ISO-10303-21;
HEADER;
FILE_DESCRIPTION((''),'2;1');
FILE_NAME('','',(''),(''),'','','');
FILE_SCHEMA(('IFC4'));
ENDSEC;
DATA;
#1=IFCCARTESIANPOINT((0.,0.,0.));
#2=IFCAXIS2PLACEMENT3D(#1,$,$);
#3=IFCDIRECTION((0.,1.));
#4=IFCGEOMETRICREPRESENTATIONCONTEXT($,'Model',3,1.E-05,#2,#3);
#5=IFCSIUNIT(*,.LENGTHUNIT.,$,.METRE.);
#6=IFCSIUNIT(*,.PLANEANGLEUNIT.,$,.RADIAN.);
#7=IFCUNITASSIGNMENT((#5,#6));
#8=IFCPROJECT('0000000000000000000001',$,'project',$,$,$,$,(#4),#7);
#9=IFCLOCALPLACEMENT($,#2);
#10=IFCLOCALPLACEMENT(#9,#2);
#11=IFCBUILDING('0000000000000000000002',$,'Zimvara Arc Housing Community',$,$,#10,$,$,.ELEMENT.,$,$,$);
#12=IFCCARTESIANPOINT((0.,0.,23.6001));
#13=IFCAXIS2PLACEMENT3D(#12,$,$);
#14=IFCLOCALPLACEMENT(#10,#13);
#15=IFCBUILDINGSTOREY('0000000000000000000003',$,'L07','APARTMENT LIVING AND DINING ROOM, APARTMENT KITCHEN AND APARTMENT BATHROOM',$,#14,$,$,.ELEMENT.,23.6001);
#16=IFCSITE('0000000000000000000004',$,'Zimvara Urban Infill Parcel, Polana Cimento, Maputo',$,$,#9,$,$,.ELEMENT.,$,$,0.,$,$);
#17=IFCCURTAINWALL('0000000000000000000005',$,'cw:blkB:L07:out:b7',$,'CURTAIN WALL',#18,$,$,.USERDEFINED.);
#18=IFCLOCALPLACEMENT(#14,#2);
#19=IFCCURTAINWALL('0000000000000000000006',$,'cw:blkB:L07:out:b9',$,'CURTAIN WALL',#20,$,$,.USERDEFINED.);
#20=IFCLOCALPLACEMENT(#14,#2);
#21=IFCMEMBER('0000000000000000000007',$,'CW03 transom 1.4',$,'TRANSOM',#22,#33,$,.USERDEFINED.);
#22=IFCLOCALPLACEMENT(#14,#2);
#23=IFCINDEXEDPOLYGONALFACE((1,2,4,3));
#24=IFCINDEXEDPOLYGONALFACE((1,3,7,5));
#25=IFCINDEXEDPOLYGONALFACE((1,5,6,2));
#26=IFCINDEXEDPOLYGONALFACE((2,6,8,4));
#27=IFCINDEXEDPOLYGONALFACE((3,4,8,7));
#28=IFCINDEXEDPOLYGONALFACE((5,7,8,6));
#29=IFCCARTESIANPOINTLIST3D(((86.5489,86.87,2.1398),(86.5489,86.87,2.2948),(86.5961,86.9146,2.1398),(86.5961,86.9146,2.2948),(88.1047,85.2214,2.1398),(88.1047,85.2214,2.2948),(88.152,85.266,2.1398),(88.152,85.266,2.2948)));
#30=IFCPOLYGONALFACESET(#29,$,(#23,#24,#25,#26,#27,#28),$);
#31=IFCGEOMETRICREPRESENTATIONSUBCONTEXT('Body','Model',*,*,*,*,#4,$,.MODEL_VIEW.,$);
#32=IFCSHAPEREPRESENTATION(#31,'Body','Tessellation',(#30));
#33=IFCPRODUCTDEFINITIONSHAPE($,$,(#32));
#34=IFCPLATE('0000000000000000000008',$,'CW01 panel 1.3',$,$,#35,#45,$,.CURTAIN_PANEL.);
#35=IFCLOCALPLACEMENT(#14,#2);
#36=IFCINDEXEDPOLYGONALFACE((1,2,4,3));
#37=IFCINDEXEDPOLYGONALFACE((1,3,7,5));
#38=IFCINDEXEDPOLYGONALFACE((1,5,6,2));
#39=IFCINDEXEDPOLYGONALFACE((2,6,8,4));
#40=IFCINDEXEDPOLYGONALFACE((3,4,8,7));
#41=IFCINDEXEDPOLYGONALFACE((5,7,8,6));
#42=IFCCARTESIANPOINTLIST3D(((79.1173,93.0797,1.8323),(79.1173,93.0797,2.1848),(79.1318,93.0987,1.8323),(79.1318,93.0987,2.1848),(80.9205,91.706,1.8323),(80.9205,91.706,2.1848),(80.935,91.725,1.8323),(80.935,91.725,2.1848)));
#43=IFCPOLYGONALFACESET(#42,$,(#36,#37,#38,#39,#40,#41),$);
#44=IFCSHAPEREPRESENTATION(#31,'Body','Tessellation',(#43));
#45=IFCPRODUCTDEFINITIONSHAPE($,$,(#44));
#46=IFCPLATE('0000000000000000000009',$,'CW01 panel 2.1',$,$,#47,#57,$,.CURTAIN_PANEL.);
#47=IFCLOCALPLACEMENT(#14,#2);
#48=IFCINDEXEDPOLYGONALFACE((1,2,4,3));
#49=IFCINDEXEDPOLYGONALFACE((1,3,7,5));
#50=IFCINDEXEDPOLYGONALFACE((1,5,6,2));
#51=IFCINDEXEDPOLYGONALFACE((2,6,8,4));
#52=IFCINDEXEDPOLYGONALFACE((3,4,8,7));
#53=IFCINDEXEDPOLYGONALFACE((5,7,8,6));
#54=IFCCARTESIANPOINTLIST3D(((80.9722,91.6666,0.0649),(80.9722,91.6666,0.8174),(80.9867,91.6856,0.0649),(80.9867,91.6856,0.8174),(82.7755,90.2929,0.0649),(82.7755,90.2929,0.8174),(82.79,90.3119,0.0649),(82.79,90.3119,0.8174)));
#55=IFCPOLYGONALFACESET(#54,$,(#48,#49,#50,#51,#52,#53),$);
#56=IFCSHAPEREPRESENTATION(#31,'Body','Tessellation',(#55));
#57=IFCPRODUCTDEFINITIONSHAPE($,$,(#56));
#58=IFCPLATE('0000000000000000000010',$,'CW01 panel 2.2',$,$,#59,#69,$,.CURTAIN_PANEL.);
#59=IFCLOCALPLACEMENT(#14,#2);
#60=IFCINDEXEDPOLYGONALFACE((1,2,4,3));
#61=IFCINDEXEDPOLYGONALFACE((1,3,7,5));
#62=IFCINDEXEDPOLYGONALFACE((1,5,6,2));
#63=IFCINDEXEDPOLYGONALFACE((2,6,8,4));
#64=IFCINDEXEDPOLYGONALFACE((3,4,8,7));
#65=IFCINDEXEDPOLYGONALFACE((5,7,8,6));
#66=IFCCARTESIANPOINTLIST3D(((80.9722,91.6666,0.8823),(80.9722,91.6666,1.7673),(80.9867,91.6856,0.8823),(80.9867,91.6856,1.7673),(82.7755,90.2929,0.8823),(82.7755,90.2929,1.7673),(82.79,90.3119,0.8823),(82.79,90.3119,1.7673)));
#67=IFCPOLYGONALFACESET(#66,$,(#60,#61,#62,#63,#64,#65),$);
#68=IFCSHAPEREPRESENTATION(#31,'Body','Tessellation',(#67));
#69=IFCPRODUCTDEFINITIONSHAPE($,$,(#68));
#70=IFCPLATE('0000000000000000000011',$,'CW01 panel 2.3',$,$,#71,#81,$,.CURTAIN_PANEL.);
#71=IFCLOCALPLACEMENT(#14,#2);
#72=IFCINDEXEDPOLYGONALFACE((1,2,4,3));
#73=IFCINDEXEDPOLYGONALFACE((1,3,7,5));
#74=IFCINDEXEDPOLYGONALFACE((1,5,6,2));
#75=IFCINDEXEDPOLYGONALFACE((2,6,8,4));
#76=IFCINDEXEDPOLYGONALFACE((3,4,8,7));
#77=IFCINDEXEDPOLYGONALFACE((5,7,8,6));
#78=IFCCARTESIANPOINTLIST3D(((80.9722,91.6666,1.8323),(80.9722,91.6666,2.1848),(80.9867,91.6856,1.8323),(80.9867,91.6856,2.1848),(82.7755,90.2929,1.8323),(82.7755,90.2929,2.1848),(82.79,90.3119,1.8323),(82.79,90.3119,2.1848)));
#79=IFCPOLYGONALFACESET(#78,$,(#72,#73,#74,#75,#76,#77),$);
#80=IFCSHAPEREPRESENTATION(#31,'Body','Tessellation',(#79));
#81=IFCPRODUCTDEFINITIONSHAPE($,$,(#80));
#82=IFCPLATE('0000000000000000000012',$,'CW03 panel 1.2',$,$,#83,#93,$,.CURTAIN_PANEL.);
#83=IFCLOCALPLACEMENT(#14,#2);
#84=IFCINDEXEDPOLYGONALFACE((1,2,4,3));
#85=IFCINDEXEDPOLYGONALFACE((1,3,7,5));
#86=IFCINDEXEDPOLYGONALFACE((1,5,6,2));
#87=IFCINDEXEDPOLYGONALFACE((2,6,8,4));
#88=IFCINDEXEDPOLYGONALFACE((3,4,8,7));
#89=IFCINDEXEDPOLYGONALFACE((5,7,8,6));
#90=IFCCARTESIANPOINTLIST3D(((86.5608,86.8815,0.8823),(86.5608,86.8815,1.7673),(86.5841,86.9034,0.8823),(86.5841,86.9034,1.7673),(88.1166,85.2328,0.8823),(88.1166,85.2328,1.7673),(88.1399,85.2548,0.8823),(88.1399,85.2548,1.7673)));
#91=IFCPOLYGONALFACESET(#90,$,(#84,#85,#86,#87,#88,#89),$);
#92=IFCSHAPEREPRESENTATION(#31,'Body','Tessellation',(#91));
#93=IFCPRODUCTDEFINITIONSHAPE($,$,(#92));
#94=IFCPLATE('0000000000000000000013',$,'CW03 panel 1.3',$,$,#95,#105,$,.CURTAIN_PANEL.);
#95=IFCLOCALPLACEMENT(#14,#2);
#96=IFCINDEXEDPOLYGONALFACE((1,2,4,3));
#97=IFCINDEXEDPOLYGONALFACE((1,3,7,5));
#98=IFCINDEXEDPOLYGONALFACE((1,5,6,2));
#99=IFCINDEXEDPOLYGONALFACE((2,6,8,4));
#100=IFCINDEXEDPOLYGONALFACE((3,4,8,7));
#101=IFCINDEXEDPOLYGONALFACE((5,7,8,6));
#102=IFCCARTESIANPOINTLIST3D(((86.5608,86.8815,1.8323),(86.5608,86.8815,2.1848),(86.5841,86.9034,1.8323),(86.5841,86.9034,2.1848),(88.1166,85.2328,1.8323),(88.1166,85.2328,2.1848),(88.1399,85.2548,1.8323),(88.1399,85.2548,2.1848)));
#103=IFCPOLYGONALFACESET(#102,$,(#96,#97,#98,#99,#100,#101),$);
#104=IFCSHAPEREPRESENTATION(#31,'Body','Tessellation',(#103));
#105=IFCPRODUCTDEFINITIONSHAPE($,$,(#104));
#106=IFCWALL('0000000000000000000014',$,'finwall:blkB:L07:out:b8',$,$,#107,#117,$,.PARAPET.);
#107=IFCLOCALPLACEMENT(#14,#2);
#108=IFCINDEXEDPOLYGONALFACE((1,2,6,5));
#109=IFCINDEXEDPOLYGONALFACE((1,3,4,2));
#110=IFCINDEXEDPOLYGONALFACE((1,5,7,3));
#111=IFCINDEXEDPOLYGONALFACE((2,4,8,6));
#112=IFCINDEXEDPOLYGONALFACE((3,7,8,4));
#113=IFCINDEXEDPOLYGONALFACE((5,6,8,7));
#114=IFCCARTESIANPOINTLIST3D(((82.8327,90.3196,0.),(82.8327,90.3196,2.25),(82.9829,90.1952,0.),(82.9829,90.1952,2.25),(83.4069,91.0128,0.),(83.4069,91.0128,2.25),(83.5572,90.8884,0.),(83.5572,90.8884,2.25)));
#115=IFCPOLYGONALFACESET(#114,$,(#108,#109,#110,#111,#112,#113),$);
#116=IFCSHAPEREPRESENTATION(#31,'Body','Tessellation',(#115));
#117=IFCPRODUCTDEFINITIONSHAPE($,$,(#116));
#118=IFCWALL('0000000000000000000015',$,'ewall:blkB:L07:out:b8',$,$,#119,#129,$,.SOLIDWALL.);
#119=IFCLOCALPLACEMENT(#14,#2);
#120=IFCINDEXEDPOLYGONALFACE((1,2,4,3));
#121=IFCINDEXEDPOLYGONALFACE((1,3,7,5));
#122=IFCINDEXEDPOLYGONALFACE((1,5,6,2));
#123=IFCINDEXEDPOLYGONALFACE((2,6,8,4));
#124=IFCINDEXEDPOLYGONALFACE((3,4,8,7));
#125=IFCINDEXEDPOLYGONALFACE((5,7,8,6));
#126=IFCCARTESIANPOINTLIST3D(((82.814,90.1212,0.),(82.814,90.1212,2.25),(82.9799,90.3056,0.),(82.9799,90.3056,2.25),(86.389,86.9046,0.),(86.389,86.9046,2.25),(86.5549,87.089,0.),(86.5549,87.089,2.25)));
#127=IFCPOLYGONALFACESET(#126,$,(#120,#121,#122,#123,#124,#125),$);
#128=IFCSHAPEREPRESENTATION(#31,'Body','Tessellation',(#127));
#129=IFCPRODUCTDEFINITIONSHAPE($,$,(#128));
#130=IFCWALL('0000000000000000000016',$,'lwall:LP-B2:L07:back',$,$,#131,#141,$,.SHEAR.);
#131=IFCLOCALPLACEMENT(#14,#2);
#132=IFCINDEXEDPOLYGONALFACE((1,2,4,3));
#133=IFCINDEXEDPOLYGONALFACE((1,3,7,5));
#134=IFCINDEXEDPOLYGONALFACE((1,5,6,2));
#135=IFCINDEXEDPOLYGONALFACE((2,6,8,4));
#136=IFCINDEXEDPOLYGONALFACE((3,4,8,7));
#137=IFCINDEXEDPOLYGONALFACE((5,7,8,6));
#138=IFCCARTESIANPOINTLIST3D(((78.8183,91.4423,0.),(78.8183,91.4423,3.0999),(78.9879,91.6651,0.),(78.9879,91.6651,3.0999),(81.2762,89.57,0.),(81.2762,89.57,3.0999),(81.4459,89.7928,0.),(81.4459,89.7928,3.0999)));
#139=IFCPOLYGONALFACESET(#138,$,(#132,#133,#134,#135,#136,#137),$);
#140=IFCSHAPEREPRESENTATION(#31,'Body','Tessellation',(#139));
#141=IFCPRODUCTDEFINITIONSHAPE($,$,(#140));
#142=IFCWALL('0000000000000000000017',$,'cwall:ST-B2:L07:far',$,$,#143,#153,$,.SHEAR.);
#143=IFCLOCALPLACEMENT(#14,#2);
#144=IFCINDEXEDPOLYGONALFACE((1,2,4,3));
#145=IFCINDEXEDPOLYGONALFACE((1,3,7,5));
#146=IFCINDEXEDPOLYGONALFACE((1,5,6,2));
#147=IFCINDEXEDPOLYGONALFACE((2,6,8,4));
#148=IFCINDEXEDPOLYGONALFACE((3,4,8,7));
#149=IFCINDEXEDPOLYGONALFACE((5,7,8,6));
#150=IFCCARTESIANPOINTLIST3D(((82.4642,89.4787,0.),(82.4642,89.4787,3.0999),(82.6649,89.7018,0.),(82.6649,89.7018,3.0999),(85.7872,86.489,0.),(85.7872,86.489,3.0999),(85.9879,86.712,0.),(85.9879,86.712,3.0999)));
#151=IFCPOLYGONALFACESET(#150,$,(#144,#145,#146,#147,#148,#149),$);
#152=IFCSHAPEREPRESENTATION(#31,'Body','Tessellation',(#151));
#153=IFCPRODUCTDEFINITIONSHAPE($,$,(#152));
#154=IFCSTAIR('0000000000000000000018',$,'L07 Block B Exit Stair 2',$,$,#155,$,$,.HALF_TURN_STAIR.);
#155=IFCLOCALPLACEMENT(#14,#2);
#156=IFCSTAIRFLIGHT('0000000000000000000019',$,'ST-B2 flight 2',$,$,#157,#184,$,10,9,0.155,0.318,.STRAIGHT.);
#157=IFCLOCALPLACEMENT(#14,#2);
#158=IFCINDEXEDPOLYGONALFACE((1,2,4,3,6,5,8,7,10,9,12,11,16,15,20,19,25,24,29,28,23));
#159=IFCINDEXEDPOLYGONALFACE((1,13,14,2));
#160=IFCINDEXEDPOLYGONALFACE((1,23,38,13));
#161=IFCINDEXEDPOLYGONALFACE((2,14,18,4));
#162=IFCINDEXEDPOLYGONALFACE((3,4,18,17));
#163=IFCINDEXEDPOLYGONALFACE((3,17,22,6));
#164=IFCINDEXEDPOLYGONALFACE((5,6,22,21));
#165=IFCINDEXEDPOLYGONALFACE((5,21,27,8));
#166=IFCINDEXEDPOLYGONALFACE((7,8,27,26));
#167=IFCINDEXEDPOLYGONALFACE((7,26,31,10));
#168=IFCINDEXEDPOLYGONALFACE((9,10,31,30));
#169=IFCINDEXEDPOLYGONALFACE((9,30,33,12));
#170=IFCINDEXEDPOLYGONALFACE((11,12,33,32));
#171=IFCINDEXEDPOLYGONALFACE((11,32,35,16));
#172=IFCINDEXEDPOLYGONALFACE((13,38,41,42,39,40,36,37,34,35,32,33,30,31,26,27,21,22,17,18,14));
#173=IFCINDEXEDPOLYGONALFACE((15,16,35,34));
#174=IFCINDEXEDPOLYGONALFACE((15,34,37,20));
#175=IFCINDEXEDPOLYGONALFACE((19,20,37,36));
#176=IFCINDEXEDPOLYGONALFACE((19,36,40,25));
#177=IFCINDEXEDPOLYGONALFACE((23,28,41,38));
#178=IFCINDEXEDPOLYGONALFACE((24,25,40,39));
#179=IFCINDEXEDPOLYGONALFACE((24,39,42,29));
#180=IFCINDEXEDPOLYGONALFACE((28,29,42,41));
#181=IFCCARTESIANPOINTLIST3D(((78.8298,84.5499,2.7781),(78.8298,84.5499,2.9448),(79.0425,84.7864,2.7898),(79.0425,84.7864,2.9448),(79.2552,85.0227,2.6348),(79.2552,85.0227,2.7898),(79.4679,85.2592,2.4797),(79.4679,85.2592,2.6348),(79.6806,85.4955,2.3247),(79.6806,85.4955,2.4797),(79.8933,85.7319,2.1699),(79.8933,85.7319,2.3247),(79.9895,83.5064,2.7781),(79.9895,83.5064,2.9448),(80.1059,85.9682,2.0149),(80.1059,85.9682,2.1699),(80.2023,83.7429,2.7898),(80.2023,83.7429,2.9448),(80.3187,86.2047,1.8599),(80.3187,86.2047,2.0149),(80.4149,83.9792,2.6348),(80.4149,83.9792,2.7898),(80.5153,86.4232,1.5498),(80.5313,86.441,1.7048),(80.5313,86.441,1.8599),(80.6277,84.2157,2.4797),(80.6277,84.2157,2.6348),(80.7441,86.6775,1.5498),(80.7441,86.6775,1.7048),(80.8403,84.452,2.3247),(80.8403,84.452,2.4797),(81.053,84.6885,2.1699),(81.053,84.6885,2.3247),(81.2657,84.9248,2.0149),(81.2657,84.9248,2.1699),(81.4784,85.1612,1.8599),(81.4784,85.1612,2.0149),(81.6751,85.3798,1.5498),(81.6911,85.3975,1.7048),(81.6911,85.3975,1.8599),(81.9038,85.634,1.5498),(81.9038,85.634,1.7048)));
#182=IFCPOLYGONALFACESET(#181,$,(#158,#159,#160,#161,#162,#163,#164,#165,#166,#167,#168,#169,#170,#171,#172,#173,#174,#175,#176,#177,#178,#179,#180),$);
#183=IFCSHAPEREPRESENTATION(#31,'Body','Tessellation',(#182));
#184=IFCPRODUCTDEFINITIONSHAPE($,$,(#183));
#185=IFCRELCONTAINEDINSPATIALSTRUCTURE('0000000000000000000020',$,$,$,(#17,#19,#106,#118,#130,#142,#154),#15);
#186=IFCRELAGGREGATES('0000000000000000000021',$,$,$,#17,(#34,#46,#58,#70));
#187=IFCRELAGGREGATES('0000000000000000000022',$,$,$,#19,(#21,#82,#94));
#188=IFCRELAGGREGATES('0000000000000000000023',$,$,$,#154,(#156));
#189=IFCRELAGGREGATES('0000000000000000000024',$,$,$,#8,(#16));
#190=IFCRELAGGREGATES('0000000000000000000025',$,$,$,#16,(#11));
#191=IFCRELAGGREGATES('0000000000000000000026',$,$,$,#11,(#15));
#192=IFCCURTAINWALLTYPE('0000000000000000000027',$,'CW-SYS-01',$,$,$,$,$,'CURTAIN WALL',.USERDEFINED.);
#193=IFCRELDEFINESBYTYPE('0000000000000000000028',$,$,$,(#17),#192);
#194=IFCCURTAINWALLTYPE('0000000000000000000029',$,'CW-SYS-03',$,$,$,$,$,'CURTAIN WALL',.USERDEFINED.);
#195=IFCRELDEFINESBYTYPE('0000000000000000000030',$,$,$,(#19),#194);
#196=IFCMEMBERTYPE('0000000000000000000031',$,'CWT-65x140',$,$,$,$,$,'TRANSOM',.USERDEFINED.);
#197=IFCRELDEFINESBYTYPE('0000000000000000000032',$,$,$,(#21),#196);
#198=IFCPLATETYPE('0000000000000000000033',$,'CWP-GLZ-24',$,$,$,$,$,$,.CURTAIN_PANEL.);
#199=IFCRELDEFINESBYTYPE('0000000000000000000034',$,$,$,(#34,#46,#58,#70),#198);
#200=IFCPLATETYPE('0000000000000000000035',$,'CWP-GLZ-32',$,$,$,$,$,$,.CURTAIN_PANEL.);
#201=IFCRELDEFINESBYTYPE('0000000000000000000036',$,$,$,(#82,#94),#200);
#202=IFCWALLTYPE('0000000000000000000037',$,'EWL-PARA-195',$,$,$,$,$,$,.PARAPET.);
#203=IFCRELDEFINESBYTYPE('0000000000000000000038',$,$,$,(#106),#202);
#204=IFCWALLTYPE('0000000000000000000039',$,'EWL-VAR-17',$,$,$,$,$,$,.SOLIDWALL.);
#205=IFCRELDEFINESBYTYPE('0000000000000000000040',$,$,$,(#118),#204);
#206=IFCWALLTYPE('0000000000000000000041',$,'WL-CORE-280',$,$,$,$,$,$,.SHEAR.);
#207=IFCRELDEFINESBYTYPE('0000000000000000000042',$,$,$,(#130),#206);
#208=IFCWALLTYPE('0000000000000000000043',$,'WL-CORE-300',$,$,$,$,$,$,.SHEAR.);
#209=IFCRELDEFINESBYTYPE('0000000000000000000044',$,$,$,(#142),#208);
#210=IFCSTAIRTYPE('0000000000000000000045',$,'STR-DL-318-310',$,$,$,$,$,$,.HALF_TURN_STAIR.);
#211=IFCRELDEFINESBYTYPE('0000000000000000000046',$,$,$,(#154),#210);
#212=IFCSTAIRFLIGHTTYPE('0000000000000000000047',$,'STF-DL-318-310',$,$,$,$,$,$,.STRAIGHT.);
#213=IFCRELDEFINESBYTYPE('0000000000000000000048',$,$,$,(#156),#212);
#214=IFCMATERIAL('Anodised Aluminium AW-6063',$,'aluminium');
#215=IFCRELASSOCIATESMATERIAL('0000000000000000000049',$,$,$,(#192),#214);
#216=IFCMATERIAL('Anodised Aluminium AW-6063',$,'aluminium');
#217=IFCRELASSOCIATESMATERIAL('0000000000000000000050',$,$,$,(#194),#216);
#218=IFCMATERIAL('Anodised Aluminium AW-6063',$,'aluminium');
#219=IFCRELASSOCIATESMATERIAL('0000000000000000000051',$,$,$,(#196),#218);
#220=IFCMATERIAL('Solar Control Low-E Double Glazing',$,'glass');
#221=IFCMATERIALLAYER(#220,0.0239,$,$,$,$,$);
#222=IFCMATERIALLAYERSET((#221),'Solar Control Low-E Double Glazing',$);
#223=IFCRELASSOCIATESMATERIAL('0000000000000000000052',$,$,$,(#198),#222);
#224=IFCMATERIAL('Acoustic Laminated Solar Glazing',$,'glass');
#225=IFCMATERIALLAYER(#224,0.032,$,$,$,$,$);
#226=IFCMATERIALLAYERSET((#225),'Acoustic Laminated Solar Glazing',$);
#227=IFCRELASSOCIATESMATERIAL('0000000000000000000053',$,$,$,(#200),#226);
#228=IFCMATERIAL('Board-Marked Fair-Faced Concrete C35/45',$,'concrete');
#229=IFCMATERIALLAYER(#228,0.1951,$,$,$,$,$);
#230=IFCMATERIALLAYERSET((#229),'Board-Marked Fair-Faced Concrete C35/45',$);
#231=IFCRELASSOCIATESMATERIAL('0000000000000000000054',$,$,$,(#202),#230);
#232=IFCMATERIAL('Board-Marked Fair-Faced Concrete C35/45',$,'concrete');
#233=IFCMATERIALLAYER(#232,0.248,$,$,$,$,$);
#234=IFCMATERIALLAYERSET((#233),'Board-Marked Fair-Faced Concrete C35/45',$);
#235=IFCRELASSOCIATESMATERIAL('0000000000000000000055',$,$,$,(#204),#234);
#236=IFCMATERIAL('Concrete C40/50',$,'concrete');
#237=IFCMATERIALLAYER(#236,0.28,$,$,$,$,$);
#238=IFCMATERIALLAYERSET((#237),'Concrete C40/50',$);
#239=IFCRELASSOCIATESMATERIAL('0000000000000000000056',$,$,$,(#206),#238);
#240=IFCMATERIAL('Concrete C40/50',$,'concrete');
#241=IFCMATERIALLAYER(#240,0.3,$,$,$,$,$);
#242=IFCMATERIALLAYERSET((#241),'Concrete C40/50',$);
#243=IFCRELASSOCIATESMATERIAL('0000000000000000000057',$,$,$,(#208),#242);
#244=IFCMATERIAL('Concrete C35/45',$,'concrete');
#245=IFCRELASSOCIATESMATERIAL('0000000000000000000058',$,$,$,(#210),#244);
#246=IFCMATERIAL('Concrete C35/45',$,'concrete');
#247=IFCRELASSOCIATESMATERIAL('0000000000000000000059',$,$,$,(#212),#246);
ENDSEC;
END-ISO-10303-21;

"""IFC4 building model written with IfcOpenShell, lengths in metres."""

from ifc_helpers import new_model, si_unit, direction, frame, frame_2d, origin, origin_2d, place, context, subcontext, project, spatial, polyline, rectangle, outline, extrude, material, layer, layer_set, material_profile, profile_set, type_object, element, aggregate, save


model = new_model("IFC4")

# Units and contexts
model_context = context("Model", 3, precision=1e-05, world=origin(), true_north=direction((0.0, 1.0)))
body_context = subcontext(model_context, "Body", "Model", "MODEL_VIEW")
ifc_project = project(units=[si_unit("LENGTHUNIT", "METRE"), si_unit("PLANEANGLEUNIT", "RADIAN")], contexts=[model_context])

# Site, building, storey
site_placement = place(None, origin())
site = spatial("IfcSite", under=ifc_project, at=site_placement, Name="Zimvara Urban Infill Parcel, Polana Cimento, Maputo", CompositionType="ELEMENT", RefElevation=0.0)
building_placement = place(site_placement, origin())
building = spatial("IfcBuilding", under=site, at=building_placement, Name="Zimvara Arc Housing Community", CompositionType="ELEMENT")
storey_placement = place(building_placement, frame((0.0, 0.0, 23.6001)))
storey = spatial("IfcBuildingStorey", under=building, at=storey_placement, Name="L07", Description="APARTMENT LIVING AND DINING ROOM, APARTMENT KITCHEN AND APARTMENT BATHROOM", CompositionType="ELEMENT", Elevation=23.6001)

# Curtain wall
ifc_material_1 = material(Name="Anodised Aluminium AW-6063", Category="aluminium")
curtain_wall_type_1 = type_object("IfcCurtainWallType", Name="CW-SYS-01", ElementType="CURTAIN WALL", PredefinedType="USERDEFINED", material=ifc_material_1)
curtain_wall_1_placement = place(storey_placement, origin())
curtain_wall_1 = element("IfcCurtainWall", 1, at=curtain_wall_1_placement, inside=storey, type_object=curtain_wall_type_1, Name="cw:blkB:L07:out:b7", ObjectType="CURTAIN WALL", PredefinedType="USERDEFINED")

# Curtain wall
ifc_material_2 = material(Name="Anodised Aluminium AW-6063", Category="aluminium")
curtain_wall_type_2 = type_object("IfcCurtainWallType", Name="CW-SYS-03", ElementType="CURTAIN WALL", PredefinedType="USERDEFINED", material=ifc_material_2)
curtain_wall_2_placement = place(storey_placement, origin())
curtain_wall_2 = element("IfcCurtainWall", 2, at=curtain_wall_2_placement, inside=storey, type_object=curtain_wall_type_2, Name="cw:blkB:L07:out:b9", ObjectType="CURTAIN WALL", PredefinedType="USERDEFINED")

# Member
ifc_material_3 = material(Name="Anodised Aluminium AW-6063", Category="aluminium")
ifc_material_profile_1 = material_profile(ifc_material_3, rectangle(XDim=0.0649, YDim=0.155, at=origin_2d()), Name="ALU 65x155")
ifc_profile_set_1 = profile_set([ifc_material_profile_1], Name="Anodised Aluminium AW-6063")
member_type_1 = type_object("IfcMemberType", Name="CWT-65x140", ElementType="TRANSOM", PredefinedType="USERDEFINED", material=ifc_profile_set_1)
member_1_placement = place(storey_placement, frame((86.5725, 86.8923, 2.2173), z_axis=(0.686348, -0.727273, 0.0), x_axis=(0.727273, 0.686348, 0.0)))
member_1 = element("IfcMember", 3, at=member_1_placement, type_object=member_type_1, Name="CW03 transom 1.4", ObjectType="TRANSOM", PredefinedType="USERDEFINED", context=body_context, shape_type="SweptSolid", body=[
    extrude(rectangle(XDim=0.0649, YDim=0.155, at=origin_2d()), origin(), (0.0, 0.0, 1.0), 2.2668),
])

# Plates
ifc_material_4 = material(Name="Solar Control Low-E Double Glazing", Category="glass")
ifc_layer_1 = layer(ifc_material_4, 0.0239)
ifc_layer_set_1 = layer_set([ifc_layer_1], Name="Solar Control Low-E Double Glazing")
plate_type_1 = type_object("IfcPlateType", Name="CWP-GLZ-24", PredefinedType="CURTAIN_PANEL", material=ifc_layer_set_1)
plate_1_placement = place(storey_placement, frame((80.0261, 92.4023, 1.8323), z_axis=(0.0, 0.0, 1.0), x_axis=(0.795474, -0.605988, 0.0)))
plate_1 = element("IfcPlate", 4, at=plate_1_placement, type_object=plate_type_1, Name="CW01 panel 1.3", PredefinedType="CURTAIN_PANEL", context=body_context, shape_type="SweptSolid", body=[
    extrude(rectangle(XDim=2.2668, YDim=0.0239, at=origin_2d()), origin(), (0.0, 0.0, 1.0), 0.3525),
])
plate_2_placement = place(storey_placement, frame((81.8811, 90.9893, 0.0649), z_axis=(0.0, 0.0, 1.0), x_axis=(0.795474, -0.605988, 0.0)))
plate_2 = element("IfcPlate", 5, at=plate_2_placement, type_object=plate_type_1, Name="CW01 panel 2.1", PredefinedType="CURTAIN_PANEL", context=body_context, shape_type="SweptSolid", body=[
    extrude(rectangle(XDim=2.2668, YDim=0.0239, at=origin_2d()), origin(), (0.0, 0.0, 1.0), 0.7524),
])
plate_3_placement = place(storey_placement, frame((81.8811, 90.9893, 0.8823), z_axis=(0.0, 0.0, 1.0), x_axis=(0.795474, -0.605988, 0.0)))
plate_3 = element("IfcPlate", 6, at=plate_3_placement, type_object=plate_type_1, Name="CW01 panel 2.2", PredefinedType="CURTAIN_PANEL", context=body_context, shape_type="SweptSolid", body=[
    extrude(rectangle(XDim=2.2668, YDim=0.0239, at=origin_2d()), origin(), (0.0, 0.0, 1.0), 0.885),
])
plate_4_placement = place(storey_placement, frame((81.8811, 90.9893, 1.8323), z_axis=(0.0, 0.0, 1.0), x_axis=(0.795474, -0.605988, 0.0)))
plate_4 = element("IfcPlate", 7, at=plate_4_placement, type_object=plate_type_1, Name="CW01 panel 2.3", PredefinedType="CURTAIN_PANEL", context=body_context, shape_type="SweptSolid", body=[
    extrude(rectangle(XDim=2.2668, YDim=0.0239, at=origin_2d()), origin(), (0.0, 0.0, 1.0), 0.3525),
])
aggregate(curtain_wall_1, [plate_1, plate_2, plate_3, plate_4])
ifc_material_5 = material(Name="Acoustic Laminated Solar Glazing", Category="glass")
ifc_layer_2 = layer(ifc_material_5, 0.032)
ifc_layer_set_2 = layer_set([ifc_layer_2], Name="Acoustic Laminated Solar Glazing")
plate_type_2 = type_object("IfcPlateType", Name="CWP-GLZ-32", PredefinedType="CURTAIN_PANEL", material=ifc_layer_set_2)
plate_5_placement = place(storey_placement, frame((87.3503, 86.0681, 0.8823), z_axis=(0.0, 0.0, 1.0), x_axis=(0.686326, -0.727294, 0.0)))
plate_5 = element("IfcPlate", 8, at=plate_5_placement, type_object=plate_type_2, Name="CW03 panel 1.2", PredefinedType="CURTAIN_PANEL", context=body_context, shape_type="SweptSolid", body=[
    extrude(rectangle(XDim=2.2668, YDim=0.032, at=origin_2d()), origin(), (0.0, 0.0, 1.0), 0.885),
])
plate_6_placement = place(storey_placement, frame((87.3503, 86.0681, 1.8323), z_axis=(0.0, 0.0, 1.0), x_axis=(0.686326, -0.727294, 0.0)))
plate_6 = element("IfcPlate", 9, at=plate_6_placement, type_object=plate_type_2, Name="CW03 panel 1.3", PredefinedType="CURTAIN_PANEL", context=body_context, shape_type="SweptSolid", body=[
    extrude(rectangle(XDim=2.2668, YDim=0.032, at=origin_2d()), origin(), (0.0, 0.0, 1.0), 0.3525),
])
aggregate(curtain_wall_2, [member_1, plate_5, plate_6])

# Walls
ifc_material_6 = material(Name="Board-Marked Fair-Faced Concrete C35/45", Category="concrete")
ifc_layer_3 = layer(ifc_material_6, 0.1951)
ifc_layer_set_3 = layer_set([ifc_layer_3], Name="Board-Marked Fair-Faced Concrete C35/45")
wall_type_1 = type_object("IfcWallType", Name="EWL-PARA-195", PredefinedType="PARAPET", material=ifc_layer_set_3)
wall_1_placement = place(storey_placement, frame((82.9077, 90.2573, 0.0), z_axis=(0.0, 0.0, 1.0), x_axis=(0.637967, 0.770063, 0.0)))
element("IfcWall", 10, at=wall_1_placement, inside=storey, type_object=wall_type_1, Name="finwall:blkB:L07:out:b8", PredefinedType="PARAPET", context=body_context, shape_type="SweptSolid", body=[
    extrude(rectangle(XDim=0.9001, YDim=0.1951, at=frame_2d((0.4502, 0.0))), origin(), (0.0, 0.0, 1.0), 2.25),
])
ifc_material_7 = material(Name="Board-Marked Fair-Faced Concrete C35/45", Category="concrete")
ifc_layer_4 = layer(ifc_material_7, 0.248)
ifc_layer_set_4 = layer_set([ifc_layer_4], Name="Board-Marked Fair-Faced Concrete C35/45")
wall_type_2 = type_object("IfcWallType", Name="EWL-VAR-17", PredefinedType="SOLIDWALL", material=ifc_layer_set_4)
wall_2_placement = place(storey_placement, frame((82.897, 90.2134, 0.0), z_axis=(0.0, 0.0, 1.0), x_axis=(0.743388, -0.668861, 0.0)))
element("IfcWall", 11, at=wall_2_placement, inside=storey, type_object=wall_type_2, Name="ewall:blkB:L07:out:b8", PredefinedType="SOLIDWALL", context=body_context, shape_type="SweptSolid", body=[
    extrude(rectangle(XDim=4.8091, YDim=0.248, at=frame_2d((2.4045, 0.0))), origin(), (0.0, 0.0, 1.0), 2.25),
])
ifc_material_8 = material(Name="Concrete C40/50", Category="concrete")
ifc_layer_5 = layer(ifc_material_8, 0.28)
ifc_layer_set_5 = layer_set([ifc_layer_5], Name="Concrete C40/50")
wall_type_3 = type_object("IfcWallType", Name="WL-CORE-280", PredefinedType="SHEAR", material=ifc_layer_set_5)
wall_3_placement = place(storey_placement, frame((81.3611, 89.6814, 0.0), z_axis=(0.0, 0.0, 1.0), x_axis=(-0.795502, 0.60595, 0.0)))
element("IfcWall", 12, at=wall_3_placement, inside=storey, type_object=wall_type_3, Name="lwall:LP-B2:L07:back", PredefinedType="SHEAR", context=body_context, shape_type="SweptSolid", body=[
    extrude(rectangle(XDim=3.0898, YDim=0.28, at=frame_2d((1.5449, 0.0))), origin(), (0.0, 0.0, 1.0), 3.0999),
])
ifc_material_9 = material(Name="Concrete C40/50", Category="concrete")
ifc_layer_6 = layer(ifc_material_9, 0.3)
ifc_layer_set_6 = layer_set([ifc_layer_6], Name="Concrete C40/50")
wall_type_4 = type_object("IfcWallType", Name="WL-CORE-300", PredefinedType="SHEAR", material=ifc_layer_set_6)
wall_4_placement = place(storey_placement, frame((85.8875, 86.6006, 0.0), z_axis=(0.0, 0.0, 1.0), x_axis=(-0.7434, 0.668847, 0.0)))
element("IfcWall", 13, at=wall_4_placement, inside=storey, type_object=wall_type_4, Name="cwall:ST-B2:L07:far", PredefinedType="SHEAR", context=body_context, shape_type="SweptSolid", body=[
    extrude(rectangle(XDim=4.47, YDim=0.3, at=frame_2d((2.2349, 0.0))), origin(), (0.0, 0.0, 1.0), 3.0999),
])

# Stair, stair flight
ifc_material_10 = material(Name="Concrete C35/45", Category="concrete")
stair_type = type_object("IfcStairType", Name="STR-DL-318-310", PredefinedType="HALF_TURN_STAIR", material=ifc_material_10)
stair_placement = place(storey_placement, origin())
stair = element("IfcStair", 14, at=stair_placement, inside=storey, type_object=stair_type, Name="L07 Block B Exit Stair 2", PredefinedType="HALF_TURN_STAIR")
ifc_material_11 = material(Name="Concrete C35/45", Category="concrete")
stair_flight_type = type_object("IfcStairFlightType", Name="STF-DL-318-310", PredefinedType="STRAIGHT", material=ifc_material_11)
stair_flight_placement = place(storey_placement, frame((81.324, 86.1558, 1.5498), z_axis=(0.0, 0.0, 1.0), x_axis=(-0.668871, -0.743378, 0.0)))
stair_flight = element("IfcStairFlight", 15, at=stair_flight_placement, type_object=stair_flight_type, Name="ST-B2 flight 2", NumberOfRisers=10, NumberOfTreads=9, PredefinedType="STRAIGHT", RiserHeight=0.155, TreadLength=0.318, context=body_context, shape_type="SweptSolid", body=[
    extrude(outline(polyline([(0.0, 0.0), (0.0, 0.155), (0.3181, 0.155), (0.3181, 0.3101), (0.636, 0.3101), (0.636, 0.4651), (0.9541, 0.4651), (0.9541, 0.6201), (1.272, 0.6201), (1.272, 0.7749), (1.5901, 0.7749), (1.5901, 0.9299), (1.908, 0.9299), (1.908, 1.085), (2.2261, 1.085), (2.2261, 1.24), (2.5439, 1.24), (2.5439, 1.395), (2.8621, 1.395), (2.8621, 1.55), (2.8621, 1.2283), (0.342, 0.0), (0.0, 0.0)])), frame((0.0, 0.78, 0.0), z_axis=(0.0, -1.0, 0.0), x_axis=(1.0, 0.0, 0.0)), (0.0, 0.0, 1.0), 1.5601),
])
aggregate(stair, [stair_flight])

save(model, "model.ifc")
